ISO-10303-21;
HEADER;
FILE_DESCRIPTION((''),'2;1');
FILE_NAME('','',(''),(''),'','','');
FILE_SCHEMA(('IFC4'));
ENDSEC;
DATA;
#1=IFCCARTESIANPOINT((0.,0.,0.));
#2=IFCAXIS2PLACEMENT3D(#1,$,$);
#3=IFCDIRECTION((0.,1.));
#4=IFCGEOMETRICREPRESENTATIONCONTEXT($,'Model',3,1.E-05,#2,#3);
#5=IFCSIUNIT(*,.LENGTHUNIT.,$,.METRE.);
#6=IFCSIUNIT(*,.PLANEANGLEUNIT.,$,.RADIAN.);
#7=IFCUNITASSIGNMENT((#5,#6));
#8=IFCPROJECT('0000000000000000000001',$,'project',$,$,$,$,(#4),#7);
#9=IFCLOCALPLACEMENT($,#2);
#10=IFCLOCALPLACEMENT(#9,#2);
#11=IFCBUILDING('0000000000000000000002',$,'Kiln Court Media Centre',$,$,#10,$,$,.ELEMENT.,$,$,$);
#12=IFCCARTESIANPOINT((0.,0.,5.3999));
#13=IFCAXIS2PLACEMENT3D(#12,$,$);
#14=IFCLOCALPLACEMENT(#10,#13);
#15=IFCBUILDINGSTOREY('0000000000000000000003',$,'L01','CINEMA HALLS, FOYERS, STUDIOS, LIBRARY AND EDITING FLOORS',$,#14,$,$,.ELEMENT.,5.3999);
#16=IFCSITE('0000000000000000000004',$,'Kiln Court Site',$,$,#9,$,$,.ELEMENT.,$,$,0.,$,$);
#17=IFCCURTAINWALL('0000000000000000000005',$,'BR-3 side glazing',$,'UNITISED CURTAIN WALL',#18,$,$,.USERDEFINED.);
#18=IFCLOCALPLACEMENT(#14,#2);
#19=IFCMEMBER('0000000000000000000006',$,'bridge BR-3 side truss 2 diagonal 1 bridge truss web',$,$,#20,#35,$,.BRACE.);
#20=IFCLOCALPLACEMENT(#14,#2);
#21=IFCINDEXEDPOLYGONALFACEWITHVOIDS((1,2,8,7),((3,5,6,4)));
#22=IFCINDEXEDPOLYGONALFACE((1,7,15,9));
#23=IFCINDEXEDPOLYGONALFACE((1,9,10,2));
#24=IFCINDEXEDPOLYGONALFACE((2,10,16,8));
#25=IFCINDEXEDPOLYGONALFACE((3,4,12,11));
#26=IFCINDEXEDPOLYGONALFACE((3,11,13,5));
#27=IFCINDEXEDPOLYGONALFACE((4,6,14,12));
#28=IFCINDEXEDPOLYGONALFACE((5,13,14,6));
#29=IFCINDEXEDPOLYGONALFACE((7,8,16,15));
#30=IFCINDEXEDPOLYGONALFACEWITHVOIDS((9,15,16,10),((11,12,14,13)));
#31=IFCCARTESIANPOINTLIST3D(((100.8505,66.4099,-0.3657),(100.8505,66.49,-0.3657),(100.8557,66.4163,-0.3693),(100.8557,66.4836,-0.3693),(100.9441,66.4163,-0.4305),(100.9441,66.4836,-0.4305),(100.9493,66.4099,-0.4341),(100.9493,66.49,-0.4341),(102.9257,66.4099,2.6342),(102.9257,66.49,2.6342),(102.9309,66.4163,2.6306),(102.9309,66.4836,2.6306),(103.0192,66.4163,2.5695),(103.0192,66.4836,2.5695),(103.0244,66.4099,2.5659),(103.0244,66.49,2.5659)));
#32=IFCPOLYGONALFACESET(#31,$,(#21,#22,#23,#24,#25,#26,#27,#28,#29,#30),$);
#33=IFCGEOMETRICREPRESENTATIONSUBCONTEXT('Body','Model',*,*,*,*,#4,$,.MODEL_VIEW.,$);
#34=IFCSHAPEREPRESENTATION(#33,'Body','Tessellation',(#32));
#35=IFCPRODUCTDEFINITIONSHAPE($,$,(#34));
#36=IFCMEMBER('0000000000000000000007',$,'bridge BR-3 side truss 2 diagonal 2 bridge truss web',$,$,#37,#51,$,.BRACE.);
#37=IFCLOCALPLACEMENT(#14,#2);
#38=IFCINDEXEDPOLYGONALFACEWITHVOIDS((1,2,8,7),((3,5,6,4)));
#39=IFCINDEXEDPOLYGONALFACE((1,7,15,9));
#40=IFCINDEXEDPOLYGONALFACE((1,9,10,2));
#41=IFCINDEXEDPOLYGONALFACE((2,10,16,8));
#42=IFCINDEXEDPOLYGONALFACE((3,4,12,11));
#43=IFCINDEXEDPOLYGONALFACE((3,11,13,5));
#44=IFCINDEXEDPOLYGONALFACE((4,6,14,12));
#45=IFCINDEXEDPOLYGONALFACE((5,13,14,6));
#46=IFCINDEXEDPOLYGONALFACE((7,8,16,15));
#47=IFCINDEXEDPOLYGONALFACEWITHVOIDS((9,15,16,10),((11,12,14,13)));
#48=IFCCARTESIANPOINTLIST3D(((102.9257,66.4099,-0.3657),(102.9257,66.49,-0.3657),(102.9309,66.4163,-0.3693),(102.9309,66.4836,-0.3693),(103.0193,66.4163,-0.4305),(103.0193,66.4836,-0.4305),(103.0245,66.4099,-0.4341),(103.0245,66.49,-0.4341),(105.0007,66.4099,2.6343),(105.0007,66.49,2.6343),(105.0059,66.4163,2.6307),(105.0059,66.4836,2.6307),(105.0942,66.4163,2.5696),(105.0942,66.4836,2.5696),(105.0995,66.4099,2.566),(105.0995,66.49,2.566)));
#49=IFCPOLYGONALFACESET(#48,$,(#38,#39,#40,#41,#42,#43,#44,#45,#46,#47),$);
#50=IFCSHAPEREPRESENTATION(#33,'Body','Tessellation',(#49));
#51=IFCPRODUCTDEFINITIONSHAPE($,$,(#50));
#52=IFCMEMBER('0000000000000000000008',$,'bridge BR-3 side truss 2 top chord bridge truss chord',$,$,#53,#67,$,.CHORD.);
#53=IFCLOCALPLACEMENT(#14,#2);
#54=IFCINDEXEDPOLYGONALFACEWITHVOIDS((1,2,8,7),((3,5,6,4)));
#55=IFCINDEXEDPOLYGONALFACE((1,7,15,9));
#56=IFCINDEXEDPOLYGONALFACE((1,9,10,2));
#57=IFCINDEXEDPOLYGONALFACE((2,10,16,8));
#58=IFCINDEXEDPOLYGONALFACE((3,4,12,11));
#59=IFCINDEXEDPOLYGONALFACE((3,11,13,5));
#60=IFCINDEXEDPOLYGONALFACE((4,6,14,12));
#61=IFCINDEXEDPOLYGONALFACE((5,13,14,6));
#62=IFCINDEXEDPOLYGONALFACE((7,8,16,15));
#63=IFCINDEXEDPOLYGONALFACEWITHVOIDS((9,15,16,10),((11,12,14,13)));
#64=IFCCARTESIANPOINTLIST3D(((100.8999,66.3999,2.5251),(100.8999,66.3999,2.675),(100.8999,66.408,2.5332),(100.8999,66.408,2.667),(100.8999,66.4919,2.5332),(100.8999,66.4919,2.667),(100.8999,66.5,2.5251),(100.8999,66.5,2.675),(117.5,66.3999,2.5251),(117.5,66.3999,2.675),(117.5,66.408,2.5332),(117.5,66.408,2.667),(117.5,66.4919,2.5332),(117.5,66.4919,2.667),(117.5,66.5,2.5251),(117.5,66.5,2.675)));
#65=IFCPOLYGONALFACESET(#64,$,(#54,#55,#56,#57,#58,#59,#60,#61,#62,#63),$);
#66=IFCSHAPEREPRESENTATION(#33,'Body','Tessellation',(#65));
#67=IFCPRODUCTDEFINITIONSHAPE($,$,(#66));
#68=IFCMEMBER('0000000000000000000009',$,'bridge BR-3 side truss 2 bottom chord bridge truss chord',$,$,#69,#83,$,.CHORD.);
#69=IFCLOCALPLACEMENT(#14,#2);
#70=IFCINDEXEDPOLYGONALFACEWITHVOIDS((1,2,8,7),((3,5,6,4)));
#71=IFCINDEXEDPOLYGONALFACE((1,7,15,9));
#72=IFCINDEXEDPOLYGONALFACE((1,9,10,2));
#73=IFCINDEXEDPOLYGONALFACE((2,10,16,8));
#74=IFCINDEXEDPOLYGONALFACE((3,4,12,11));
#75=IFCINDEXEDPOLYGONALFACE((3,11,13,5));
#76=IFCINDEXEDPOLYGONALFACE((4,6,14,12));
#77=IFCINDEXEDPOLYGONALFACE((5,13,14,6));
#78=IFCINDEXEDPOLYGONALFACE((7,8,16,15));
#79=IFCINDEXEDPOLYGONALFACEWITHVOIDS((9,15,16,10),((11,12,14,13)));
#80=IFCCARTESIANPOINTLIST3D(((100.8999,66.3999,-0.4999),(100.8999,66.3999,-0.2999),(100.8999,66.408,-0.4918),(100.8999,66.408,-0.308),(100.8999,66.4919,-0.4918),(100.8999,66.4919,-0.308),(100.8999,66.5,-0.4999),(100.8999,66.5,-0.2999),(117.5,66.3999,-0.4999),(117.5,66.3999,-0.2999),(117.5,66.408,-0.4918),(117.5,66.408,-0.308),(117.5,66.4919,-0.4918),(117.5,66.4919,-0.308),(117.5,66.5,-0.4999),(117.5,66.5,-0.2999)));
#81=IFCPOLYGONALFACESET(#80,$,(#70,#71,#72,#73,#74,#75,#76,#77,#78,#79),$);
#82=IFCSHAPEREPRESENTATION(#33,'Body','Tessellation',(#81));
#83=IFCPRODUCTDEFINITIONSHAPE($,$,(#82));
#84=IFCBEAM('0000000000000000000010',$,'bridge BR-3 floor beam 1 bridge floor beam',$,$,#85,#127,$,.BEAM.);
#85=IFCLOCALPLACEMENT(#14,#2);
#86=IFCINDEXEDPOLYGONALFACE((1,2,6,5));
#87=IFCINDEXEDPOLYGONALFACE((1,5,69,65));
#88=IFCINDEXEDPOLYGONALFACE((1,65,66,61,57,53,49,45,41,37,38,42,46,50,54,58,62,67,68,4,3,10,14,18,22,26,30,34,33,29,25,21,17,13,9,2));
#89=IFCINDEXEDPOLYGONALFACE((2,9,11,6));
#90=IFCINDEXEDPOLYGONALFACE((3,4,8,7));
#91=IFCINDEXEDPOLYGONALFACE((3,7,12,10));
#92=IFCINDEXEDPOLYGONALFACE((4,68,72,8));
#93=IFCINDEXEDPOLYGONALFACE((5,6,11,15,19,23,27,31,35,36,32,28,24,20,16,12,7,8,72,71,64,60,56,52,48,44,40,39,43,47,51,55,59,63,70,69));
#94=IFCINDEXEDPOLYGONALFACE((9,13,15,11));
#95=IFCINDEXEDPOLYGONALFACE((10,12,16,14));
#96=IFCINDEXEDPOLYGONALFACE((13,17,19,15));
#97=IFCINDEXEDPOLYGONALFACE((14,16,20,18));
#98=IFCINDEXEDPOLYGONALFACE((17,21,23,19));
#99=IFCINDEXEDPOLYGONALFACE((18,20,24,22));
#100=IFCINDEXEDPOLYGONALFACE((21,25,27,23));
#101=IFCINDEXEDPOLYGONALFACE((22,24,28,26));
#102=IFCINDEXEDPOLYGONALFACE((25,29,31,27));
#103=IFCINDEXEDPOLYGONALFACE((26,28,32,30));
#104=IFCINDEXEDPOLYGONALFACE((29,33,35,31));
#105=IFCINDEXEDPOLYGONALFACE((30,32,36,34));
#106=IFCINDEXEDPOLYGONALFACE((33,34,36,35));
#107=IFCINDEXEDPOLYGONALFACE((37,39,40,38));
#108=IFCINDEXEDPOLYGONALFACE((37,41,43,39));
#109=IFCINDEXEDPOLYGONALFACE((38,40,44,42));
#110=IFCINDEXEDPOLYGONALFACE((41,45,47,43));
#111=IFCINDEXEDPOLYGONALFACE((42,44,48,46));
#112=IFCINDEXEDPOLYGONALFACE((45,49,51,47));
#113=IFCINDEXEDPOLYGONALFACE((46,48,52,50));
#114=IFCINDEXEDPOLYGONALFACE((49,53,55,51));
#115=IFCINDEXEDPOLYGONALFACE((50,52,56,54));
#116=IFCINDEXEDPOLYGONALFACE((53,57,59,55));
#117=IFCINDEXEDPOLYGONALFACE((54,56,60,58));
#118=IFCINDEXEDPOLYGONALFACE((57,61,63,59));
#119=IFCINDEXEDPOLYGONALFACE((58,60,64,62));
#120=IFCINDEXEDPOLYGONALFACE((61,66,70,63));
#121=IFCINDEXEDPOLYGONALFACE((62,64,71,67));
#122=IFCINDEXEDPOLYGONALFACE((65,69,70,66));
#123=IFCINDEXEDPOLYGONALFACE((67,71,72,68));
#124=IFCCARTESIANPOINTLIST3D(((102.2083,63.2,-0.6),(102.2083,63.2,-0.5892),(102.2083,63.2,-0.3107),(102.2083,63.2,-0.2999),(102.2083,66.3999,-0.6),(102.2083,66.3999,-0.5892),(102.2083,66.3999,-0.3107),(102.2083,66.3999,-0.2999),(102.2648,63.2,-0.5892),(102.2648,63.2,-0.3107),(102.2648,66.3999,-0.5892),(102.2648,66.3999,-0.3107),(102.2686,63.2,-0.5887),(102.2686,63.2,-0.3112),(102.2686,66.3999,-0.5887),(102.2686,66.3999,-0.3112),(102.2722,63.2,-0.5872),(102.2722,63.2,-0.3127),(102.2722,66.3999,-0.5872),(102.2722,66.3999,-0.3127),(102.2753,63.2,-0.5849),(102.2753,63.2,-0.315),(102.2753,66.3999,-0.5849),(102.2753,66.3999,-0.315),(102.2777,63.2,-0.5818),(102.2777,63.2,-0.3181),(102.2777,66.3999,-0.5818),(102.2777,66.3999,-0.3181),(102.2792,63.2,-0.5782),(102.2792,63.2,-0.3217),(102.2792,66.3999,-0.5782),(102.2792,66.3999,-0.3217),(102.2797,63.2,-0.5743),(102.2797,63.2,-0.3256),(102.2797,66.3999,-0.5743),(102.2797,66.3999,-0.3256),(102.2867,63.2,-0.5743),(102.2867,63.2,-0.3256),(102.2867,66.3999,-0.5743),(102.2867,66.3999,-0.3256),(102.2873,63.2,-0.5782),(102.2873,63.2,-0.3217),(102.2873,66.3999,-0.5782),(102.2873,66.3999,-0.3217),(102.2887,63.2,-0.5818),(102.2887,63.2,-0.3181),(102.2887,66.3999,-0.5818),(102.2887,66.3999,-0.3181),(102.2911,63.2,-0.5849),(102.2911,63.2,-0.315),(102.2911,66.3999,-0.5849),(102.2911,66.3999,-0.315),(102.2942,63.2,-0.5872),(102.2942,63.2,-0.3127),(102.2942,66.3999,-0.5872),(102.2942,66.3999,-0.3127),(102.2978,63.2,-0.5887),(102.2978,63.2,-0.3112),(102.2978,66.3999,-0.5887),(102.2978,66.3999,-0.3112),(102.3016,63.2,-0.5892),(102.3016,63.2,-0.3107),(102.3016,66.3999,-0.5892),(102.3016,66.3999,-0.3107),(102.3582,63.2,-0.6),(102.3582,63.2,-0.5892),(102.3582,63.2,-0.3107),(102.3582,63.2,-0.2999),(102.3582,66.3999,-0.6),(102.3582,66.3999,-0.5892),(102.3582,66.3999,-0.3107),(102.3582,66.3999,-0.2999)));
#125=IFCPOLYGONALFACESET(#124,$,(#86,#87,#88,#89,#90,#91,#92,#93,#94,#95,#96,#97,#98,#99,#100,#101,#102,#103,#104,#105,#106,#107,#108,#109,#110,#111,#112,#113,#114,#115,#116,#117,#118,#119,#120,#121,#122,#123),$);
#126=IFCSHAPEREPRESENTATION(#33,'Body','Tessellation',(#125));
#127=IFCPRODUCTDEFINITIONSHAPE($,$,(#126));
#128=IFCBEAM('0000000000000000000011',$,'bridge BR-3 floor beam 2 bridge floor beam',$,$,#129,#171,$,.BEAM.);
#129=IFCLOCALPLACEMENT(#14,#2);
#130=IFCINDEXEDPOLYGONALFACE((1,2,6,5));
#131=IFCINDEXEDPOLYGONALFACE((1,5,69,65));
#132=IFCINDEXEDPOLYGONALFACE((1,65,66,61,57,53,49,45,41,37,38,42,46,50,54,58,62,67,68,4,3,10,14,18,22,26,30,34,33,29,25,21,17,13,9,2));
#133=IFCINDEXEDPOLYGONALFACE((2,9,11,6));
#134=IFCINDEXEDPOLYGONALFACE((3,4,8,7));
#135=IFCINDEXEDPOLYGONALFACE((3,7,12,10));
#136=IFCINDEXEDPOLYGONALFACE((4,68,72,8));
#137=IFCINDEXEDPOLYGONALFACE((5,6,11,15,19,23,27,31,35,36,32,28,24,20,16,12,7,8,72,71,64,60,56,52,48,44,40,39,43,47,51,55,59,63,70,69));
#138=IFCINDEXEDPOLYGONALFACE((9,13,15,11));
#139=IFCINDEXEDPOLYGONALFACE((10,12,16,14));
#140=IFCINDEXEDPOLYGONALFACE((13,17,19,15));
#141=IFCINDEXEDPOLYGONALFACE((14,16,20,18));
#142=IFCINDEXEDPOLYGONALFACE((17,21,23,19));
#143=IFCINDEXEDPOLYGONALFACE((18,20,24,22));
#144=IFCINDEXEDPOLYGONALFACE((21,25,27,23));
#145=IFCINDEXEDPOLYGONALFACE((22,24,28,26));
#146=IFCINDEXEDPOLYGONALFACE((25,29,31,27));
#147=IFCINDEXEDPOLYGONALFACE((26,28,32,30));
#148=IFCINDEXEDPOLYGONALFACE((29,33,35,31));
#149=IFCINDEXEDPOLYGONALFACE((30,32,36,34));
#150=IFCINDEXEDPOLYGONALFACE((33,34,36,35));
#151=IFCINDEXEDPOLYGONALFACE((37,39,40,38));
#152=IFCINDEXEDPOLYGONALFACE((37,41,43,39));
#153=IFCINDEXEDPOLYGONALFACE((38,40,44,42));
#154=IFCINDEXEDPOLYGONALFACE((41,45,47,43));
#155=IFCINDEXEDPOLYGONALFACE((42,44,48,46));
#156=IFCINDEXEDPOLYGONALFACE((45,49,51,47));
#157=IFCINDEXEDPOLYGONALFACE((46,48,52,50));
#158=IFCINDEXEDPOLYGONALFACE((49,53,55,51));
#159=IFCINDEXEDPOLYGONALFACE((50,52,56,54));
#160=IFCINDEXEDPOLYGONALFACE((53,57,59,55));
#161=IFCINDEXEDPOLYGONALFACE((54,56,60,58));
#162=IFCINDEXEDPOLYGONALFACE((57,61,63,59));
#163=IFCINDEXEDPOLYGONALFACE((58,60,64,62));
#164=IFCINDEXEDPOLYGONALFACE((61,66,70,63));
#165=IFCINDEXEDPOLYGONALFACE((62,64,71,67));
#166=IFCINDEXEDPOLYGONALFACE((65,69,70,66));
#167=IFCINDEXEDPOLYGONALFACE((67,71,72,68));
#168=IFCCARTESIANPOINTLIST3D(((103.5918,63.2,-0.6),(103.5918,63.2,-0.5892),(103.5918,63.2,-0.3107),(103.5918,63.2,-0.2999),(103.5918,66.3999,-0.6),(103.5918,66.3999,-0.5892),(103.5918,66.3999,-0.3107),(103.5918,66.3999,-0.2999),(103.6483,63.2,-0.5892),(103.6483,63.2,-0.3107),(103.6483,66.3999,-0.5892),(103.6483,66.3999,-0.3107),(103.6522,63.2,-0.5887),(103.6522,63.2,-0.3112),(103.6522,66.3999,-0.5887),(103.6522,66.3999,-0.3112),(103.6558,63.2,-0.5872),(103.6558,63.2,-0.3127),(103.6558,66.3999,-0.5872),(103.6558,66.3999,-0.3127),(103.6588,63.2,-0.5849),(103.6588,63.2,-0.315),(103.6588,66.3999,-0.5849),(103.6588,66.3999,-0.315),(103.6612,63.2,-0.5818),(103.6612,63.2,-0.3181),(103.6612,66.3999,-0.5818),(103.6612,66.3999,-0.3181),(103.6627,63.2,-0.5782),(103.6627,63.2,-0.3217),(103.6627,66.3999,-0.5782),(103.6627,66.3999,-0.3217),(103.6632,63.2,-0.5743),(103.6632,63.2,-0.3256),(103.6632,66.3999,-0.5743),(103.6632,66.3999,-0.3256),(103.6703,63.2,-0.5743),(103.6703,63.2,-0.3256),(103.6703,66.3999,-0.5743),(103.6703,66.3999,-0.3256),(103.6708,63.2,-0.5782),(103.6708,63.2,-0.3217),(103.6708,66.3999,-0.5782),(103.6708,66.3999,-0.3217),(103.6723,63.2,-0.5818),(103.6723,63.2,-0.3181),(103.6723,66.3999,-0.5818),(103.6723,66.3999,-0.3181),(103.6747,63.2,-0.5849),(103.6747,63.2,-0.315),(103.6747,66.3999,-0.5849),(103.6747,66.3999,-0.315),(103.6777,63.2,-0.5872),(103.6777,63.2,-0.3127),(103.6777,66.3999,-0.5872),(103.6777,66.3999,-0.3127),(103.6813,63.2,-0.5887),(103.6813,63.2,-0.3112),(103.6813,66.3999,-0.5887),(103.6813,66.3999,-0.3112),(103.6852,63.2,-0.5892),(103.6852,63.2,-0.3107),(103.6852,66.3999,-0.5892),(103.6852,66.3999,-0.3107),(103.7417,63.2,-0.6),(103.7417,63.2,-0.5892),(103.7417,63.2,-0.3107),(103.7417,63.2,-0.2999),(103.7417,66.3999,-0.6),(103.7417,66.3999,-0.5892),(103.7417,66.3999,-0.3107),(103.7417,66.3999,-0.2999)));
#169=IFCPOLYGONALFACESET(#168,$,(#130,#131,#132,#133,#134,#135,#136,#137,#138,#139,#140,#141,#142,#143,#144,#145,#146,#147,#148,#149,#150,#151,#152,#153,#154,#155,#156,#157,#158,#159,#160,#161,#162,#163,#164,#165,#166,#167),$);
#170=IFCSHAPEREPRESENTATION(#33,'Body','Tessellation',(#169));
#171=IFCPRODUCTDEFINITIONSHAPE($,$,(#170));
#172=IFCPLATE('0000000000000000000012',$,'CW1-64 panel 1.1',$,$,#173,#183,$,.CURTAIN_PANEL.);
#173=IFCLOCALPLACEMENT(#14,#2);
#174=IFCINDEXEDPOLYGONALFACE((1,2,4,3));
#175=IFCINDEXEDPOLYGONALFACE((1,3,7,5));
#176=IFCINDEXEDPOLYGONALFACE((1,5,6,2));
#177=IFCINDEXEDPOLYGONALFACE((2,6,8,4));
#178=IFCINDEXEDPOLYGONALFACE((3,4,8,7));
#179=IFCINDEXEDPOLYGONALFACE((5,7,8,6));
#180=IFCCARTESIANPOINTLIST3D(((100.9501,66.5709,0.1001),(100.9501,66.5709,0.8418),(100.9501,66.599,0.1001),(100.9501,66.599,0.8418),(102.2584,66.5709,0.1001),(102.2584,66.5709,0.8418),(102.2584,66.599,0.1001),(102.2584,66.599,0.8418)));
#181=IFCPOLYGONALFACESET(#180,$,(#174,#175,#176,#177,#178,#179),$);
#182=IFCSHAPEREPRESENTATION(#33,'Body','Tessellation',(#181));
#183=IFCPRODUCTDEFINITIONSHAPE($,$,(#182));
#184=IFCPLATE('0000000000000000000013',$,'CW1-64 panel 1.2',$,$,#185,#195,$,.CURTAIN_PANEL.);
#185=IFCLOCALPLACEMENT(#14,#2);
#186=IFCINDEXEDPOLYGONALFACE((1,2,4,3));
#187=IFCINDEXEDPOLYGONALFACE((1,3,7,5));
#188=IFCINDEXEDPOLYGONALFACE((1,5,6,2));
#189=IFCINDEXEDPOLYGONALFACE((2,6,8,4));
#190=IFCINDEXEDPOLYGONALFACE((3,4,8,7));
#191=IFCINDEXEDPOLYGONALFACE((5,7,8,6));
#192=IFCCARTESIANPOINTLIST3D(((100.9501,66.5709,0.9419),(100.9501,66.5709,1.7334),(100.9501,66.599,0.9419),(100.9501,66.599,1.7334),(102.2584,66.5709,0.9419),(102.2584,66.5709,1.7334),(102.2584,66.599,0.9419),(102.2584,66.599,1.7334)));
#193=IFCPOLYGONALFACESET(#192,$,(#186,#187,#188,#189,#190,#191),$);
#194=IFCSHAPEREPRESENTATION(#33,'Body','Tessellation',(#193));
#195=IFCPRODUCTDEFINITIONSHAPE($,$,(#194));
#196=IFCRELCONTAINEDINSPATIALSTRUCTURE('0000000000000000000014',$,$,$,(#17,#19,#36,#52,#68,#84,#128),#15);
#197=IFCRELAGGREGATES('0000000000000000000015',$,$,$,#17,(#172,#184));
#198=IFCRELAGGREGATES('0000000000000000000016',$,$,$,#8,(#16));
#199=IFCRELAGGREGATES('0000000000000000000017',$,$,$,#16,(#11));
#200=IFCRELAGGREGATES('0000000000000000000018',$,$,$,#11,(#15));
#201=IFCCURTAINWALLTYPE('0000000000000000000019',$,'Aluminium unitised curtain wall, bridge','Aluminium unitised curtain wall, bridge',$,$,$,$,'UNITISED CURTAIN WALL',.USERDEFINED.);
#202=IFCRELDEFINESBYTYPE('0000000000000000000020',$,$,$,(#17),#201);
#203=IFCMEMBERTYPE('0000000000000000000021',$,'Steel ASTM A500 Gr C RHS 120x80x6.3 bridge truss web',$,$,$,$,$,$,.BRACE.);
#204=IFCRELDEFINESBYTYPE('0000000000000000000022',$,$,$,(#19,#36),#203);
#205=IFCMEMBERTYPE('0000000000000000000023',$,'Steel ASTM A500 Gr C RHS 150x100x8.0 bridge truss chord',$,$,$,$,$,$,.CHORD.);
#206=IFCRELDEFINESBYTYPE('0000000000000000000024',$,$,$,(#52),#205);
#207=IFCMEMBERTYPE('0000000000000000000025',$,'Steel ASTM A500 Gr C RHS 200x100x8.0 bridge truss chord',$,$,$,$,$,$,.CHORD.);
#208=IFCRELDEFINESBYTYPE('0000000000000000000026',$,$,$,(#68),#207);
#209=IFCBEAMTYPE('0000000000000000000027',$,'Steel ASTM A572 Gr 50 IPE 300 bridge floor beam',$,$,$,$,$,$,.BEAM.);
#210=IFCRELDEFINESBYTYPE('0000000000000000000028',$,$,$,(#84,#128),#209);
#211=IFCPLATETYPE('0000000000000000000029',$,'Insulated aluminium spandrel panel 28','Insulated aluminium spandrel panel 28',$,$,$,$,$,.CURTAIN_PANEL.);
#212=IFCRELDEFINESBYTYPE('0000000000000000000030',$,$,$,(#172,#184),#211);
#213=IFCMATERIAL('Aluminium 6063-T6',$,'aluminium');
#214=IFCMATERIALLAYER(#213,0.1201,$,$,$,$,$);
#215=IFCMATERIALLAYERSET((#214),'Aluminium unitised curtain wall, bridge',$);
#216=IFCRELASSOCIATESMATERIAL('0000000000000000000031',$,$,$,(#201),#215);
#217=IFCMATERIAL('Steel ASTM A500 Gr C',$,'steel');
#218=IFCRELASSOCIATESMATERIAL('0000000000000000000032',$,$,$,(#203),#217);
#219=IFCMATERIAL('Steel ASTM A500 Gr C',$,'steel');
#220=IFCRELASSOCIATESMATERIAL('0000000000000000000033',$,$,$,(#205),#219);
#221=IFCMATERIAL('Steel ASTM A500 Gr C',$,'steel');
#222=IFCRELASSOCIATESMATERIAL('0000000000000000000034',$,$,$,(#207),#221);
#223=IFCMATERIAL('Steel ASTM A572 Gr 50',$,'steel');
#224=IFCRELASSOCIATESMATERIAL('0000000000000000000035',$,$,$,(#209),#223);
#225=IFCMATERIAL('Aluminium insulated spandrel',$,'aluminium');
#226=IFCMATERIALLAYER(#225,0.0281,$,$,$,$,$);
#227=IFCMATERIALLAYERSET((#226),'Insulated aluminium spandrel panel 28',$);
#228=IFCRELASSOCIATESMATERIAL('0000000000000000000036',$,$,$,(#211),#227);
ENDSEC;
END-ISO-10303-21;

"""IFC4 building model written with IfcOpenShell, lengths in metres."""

from ifc_helpers import new_model, si_unit, direction, frame, origin, origin_2d, place, context, subcontext, project, spatial, rectangle, hollow_rectangle, i_section, extrude, material, layer, layer_set, material_profile, profile_set, type_object, element, aggregate, save


model = new_model("IFC4")

# Units and contexts
model_context = context("Model", 3, precision=1e-05, world=origin(), true_north=direction((0.0, 1.0)))
body_context = subcontext(model_context, "Body", "Model", "MODEL_VIEW")
ifc_project = project(units=[si_unit("LENGTHUNIT", "METRE"), si_unit("PLANEANGLEUNIT", "RADIAN")], contexts=[model_context])

# Site, building, storey
site_placement = place(None, origin())
site = spatial("IfcSite", under=ifc_project, at=site_placement, Name="Kiln Court Site", CompositionType="ELEMENT", RefElevation=0.0)
building_placement = place(site_placement, origin())
building = spatial("IfcBuilding", under=site, at=building_placement, Name="Kiln Court Media Centre", CompositionType="ELEMENT")
storey_placement = place(building_placement, frame((0.0, 0.0, 5.3999)))
storey = spatial("IfcBuildingStorey", under=building, at=storey_placement, Name="L01", Description="CINEMA HALLS, FOYERS, STUDIOS, LIBRARY AND EDITING FLOORS", CompositionType="ELEMENT", Elevation=5.3999)

# Curtain wall
ifc_material_1 = material(Name="Aluminium 6063-T6", Category="aluminium")
ifc_layer_1 = layer(ifc_material_1, 0.1201)
ifc_layer_set_1 = layer_set([ifc_layer_1], Name="Aluminium unitised curtain wall, bridge")
curtain_wall_type = type_object("IfcCurtainWallType", Name="Aluminium unitised curtain wall, bridge", Description="Aluminium unitised curtain wall, bridge", ElementType="UNITISED CURTAIN WALL", PredefinedType="USERDEFINED", material=ifc_layer_set_1)
curtain_wall_placement = place(storey_placement, origin())
curtain_wall = element("IfcCurtainWall", 1, at=curtain_wall_placement, inside=storey, type_object=curtain_wall_type, Name="BR-3 side glazing", ObjectType="UNITISED CURTAIN WALL", PredefinedType="USERDEFINED")

# Members
ifc_material_2 = material(Name="Steel ASTM A500 Gr C", Category="steel")
ifc_material_profile_1 = material_profile(ifc_material_2, hollow_rectangle(XDim=0.0801, YDim=0.1201, WallThickness=0.0063, at=origin_2d()), Name="RHS 120x80x6.3")
ifc_profile_set_1 = profile_set([ifc_material_profile_1], Name="Steel ASTM A500 Gr C")
member_type_1 = type_object("IfcMemberType", Name="Steel ASTM A500 Gr C RHS 120x80x6.3 bridge truss web", PredefinedType="BRACE", material=ifc_profile_set_1)
for number, where, z_axis, x_axis, name in (
    (2, (100.8999, 66.45, -0.3999), (0.56889, 0.0, 0.822414), (0.0, 1.0, 0.0), "bridge BR-3 side truss 2 diagonal 1 bridge truss web"),
    (3, (102.9751, 66.45, -0.3999), (0.568844, 0.0, 0.822445), (0.0, 1.0, 0.0), "bridge BR-3 side truss 2 diagonal 2 bridge truss web"),
):
    element("IfcMember", number, at=place(storey_placement, frame(where, z_axis=z_axis, x_axis=x_axis)), inside=storey, type_object=member_type_1, Name=name, PredefinedType="BRACE", context=body_context, shape_type="SweptSolid", body=[
        extrude(hollow_rectangle(XDim=0.0801, YDim=0.1201, WallThickness=0.0063, at=origin_2d()), origin(), (0.0, 0.0, 1.0), 3.6477),
    ])
ifc_material_3 = material(Name="Steel ASTM A500 Gr C", Category="steel")
ifc_material_profile_2 = material_profile(ifc_material_3, hollow_rectangle(XDim=0.1001, YDim=0.1499, WallThickness=0.0081, at=origin_2d()), Name="RHS 150x100x8.0")
ifc_profile_set_2 = profile_set([ifc_material_profile_2], Name="Steel ASTM A500 Gr C")
member_type_2 = type_object("IfcMemberType", Name="Steel ASTM A500 Gr C RHS 150x100x8.0 bridge truss chord", PredefinedType="CHORD", material=ifc_profile_set_2)
member_1_placement = place(storey_placement, frame((100.8999, 66.45, 2.6001), z_axis=(1.0, 0.0, 0.0), x_axis=(0.0, 1.0, 0.0)))
element("IfcMember", 4, at=member_1_placement, inside=storey, type_object=member_type_2, Name="bridge BR-3 side truss 2 top chord bridge truss chord", PredefinedType="CHORD", context=body_context, shape_type="SweptSolid", body=[
    extrude(hollow_rectangle(XDim=0.1001, YDim=0.1499, WallThickness=0.0081, at=origin_2d()), origin(), (0.0, 0.0, 1.0), 16.6001),
])
ifc_material_4 = material(Name="Steel ASTM A500 Gr C", Category="steel")
ifc_material_profile_3 = material_profile(ifc_material_4, hollow_rectangle(XDim=0.1001, YDim=0.2, WallThickness=0.0081, at=origin_2d()), Name="RHS 200x100x8.0")
ifc_profile_set_3 = profile_set([ifc_material_profile_3], Name="Steel ASTM A500 Gr C")
member_type_3 = type_object("IfcMemberType", Name="Steel ASTM A500 Gr C RHS 200x100x8.0 bridge truss chord", PredefinedType="CHORD", material=ifc_profile_set_3)
member_2_placement = place(storey_placement, frame((100.8999, 66.45, -0.3999), z_axis=(1.0, 0.0, 0.0), x_axis=(0.0, 1.0, 0.0)))
element("IfcMember", 5, at=member_2_placement, inside=storey, type_object=member_type_3, Name="bridge BR-3 side truss 2 bottom chord bridge truss chord", PredefinedType="CHORD", context=body_context, shape_type="SweptSolid", body=[
    extrude(hollow_rectangle(XDim=0.1001, YDim=0.2, WallThickness=0.0081, at=origin_2d()), origin(), (0.0, 0.0, 1.0), 16.6001),
])

# Beams
ifc_material_5 = material(Name="Steel ASTM A572 Gr 50", Category="steel")
ifc_material_profile_4 = material_profile(ifc_material_5, i_section(OverallWidth=0.1499, OverallDepth=0.3, WebThickness=0.0071, FlangeThickness=0.0107, FilletRadius=0.0149, at=origin_2d()), Name="IPE 300")
ifc_profile_set_4 = profile_set([ifc_material_profile_4], Name="Steel ASTM A572 Gr 50")
beam_type = type_object("IfcBeamType", Name="Steel ASTM A572 Gr 50 IPE 300 bridge floor beam", PredefinedType="BEAM", material=ifc_profile_set_4)
for number, where, z_axis, x_axis, name in (
    (6, (102.2832, 63.2, -0.45), (0.0, 1.0, 0.0), (-1.0, 0.0, 0.0), "bridge BR-3 floor beam 1 bridge floor beam"),
    (7, (103.6667, 63.2, -0.45), (0.0, 1.0, 0.0), (-1.0, 0.0, 0.0), "bridge BR-3 floor beam 2 bridge floor beam"),
):
    element("IfcBeam", number, at=place(storey_placement, frame(where, z_axis=z_axis, x_axis=x_axis)), inside=storey, type_object=beam_type, Name=name, PredefinedType="BEAM", context=body_context, shape_type="SweptSolid", body=[
        extrude(i_section(OverallWidth=0.1499, OverallDepth=0.3, WebThickness=0.0071, FlangeThickness=0.0107, FilletRadius=0.0149, at=origin_2d()), origin(), (0.0, 0.0, 1.0), 3.2),
    ])

# Plates
ifc_material_6 = material(Name="Aluminium insulated spandrel", Category="aluminium")
ifc_layer_2 = layer(ifc_material_6, 0.0281)
ifc_layer_set_2 = layer_set([ifc_layer_2], Name="Insulated aluminium spandrel panel 28")
plate_type_1 = type_object("IfcPlateType", Name="Insulated aluminium spandrel panel 28", Description="Insulated aluminium spandrel panel 28", PredefinedType="CURTAIN_PANEL", material=ifc_layer_set_2)
plate_1_placement = place(storey_placement, frame((101.6042, 66.585, 0.1001), z_axis=(0.0, 0.0, 1.0), x_axis=(1.0, 0.0, 0.0)))
plate_1 = element("IfcPlate", 8, at=plate_1_placement, type_object=plate_type_1, Name="CW1-64 panel 1.1", PredefinedType="CURTAIN_PANEL", context=body_context, shape_type="SweptSolid", body=[
    extrude(rectangle(XDim=1.3083, YDim=0.0281, at=origin_2d()), origin(), (0.0, 0.0, 1.0), 0.7417),
])
plate_2_placement = place(storey_placement, frame((101.6042, 66.585, 0.9419), z_axis=(0.0, 0.0, 1.0), x_axis=(1.0, 0.0, 0.0)))
plate_2 = element("IfcPlate", 9, at=plate_2_placement, type_object=plate_type_1, Name="CW1-64 panel 1.2", PredefinedType="CURTAIN_PANEL", context=body_context, shape_type="SweptSolid", body=[
    extrude(rectangle(XDim=1.3083, YDim=0.0281, at=origin_2d()), origin(), (0.0, 0.0, 1.0), 0.7915),
])
aggregate(curtain_wall, [plate_1, plate_2])

save(model, "model.ifc")
